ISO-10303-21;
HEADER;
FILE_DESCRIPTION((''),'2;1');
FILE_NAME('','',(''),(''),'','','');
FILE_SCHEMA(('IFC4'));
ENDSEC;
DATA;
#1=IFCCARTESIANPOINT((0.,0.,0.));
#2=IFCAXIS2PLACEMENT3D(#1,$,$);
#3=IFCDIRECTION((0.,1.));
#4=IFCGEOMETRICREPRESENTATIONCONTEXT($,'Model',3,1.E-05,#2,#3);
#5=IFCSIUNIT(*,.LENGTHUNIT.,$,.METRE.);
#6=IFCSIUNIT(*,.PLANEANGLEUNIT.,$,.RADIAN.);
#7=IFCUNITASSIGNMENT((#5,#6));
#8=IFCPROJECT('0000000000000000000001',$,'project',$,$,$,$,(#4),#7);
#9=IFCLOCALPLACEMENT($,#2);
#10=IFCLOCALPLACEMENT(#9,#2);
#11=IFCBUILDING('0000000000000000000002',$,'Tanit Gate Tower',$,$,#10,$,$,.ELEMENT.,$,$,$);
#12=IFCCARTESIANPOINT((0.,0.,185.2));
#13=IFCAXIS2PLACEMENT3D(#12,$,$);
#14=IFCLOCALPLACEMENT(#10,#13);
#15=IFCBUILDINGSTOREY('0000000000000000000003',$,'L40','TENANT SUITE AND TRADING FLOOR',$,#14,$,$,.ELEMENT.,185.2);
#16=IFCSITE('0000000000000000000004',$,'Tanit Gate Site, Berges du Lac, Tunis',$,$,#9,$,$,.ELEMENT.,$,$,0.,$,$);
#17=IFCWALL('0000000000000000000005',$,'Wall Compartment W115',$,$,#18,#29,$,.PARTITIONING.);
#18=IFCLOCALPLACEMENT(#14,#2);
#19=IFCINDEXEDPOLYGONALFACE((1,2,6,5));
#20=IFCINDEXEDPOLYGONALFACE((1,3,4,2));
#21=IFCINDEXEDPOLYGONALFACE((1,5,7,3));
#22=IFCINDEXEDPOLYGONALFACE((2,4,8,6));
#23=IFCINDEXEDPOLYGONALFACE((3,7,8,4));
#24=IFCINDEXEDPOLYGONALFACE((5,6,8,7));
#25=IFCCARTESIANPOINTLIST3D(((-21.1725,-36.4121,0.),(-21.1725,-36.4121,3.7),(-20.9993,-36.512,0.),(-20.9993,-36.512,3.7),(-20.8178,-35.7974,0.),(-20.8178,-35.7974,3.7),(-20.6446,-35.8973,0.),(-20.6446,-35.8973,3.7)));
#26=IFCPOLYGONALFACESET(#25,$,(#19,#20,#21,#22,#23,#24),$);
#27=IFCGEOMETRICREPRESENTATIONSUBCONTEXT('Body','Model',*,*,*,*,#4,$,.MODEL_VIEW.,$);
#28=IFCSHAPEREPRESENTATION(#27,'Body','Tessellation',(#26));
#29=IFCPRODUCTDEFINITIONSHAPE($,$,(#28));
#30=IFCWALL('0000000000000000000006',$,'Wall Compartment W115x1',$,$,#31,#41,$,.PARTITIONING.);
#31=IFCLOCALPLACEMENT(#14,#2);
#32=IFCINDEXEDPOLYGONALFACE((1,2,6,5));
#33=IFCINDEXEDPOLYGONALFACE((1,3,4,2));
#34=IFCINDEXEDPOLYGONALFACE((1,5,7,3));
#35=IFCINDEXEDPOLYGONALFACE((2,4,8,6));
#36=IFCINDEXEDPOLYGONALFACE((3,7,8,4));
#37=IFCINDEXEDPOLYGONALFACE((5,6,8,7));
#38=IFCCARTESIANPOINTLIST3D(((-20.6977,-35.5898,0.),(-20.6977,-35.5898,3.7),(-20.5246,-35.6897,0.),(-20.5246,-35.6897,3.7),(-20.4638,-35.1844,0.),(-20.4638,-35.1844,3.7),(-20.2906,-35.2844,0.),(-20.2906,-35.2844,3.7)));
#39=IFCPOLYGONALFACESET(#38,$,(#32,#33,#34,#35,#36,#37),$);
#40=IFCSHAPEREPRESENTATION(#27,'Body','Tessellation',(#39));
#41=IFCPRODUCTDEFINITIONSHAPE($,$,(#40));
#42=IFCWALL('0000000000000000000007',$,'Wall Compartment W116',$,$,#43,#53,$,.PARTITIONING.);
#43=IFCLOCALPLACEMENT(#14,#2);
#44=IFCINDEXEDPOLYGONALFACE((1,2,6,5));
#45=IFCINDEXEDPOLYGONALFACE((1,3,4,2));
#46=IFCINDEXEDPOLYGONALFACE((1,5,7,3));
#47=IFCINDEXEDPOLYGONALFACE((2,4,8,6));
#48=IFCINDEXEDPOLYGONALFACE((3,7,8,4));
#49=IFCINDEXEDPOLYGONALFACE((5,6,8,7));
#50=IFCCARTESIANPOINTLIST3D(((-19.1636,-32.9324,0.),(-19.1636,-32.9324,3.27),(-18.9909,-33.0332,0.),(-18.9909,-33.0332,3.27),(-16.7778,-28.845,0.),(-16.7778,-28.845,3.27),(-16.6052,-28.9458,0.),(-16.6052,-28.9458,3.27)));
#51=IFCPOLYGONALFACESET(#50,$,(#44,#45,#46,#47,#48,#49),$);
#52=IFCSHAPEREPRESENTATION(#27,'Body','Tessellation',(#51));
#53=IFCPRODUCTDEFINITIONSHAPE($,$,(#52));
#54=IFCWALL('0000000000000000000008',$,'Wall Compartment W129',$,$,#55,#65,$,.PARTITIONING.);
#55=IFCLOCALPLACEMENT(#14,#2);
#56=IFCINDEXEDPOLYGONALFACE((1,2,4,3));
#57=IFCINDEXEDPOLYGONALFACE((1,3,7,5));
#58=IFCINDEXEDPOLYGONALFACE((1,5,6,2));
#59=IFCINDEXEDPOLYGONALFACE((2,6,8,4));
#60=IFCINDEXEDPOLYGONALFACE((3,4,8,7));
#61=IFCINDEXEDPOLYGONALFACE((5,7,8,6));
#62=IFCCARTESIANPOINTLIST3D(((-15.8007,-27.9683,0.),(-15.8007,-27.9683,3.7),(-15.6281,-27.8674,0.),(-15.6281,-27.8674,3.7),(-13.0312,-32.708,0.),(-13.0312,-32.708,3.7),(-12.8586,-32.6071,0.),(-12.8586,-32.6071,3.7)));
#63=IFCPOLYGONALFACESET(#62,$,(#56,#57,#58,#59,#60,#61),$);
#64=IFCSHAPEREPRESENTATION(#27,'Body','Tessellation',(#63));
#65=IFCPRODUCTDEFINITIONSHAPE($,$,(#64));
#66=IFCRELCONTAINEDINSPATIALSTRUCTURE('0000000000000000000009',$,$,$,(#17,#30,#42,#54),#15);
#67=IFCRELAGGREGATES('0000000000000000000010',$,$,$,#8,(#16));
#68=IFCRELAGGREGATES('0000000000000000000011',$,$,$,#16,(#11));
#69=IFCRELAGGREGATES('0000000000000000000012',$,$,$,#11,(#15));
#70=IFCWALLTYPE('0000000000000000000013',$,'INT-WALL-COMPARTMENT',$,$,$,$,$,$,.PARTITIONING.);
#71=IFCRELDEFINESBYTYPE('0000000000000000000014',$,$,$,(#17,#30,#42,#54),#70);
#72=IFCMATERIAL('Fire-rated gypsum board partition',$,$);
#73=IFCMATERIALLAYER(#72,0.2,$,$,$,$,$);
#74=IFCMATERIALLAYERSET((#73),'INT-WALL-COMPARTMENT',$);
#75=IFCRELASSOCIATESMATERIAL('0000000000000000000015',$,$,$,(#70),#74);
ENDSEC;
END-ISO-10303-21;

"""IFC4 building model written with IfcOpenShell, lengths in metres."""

from ifc_helpers import new_model, si_unit, direction, frame, frame_2d, origin, place, context, subcontext, project, spatial, rectangle, extrude, material, layer, layer_set, type_object, element, save


model = new_model("IFC4")

# Units and contexts
model_context = context("Model", 3, precision=1e-05, world=origin(), true_north=direction((0.0, 1.0)))
body_context = subcontext(model_context, "Body", "Model", "MODEL_VIEW")
ifc_project = project(units=[si_unit("LENGTHUNIT", "METRE"), si_unit("PLANEANGLEUNIT", "RADIAN")], contexts=[model_context])

# Site, building, storey
site_placement = place(None, origin())
site = spatial("IfcSite", under=ifc_project, at=site_placement, Name="Tanit Gate Site, Berges du Lac, Tunis", CompositionType="ELEMENT", RefElevation=0.0)
building_placement = place(site_placement, origin())
building = spatial("IfcBuilding", under=site, at=building_placement, Name="Tanit Gate Tower", CompositionType="ELEMENT")
storey_placement = place(building_placement, frame((0.0, 0.0, 185.2)))
storey = spatial("IfcBuildingStorey", under=building, at=storey_placement, Name="L40", Description="TENANT SUITE AND TRADING FLOOR", CompositionType="ELEMENT", Elevation=185.2)

# Walls
ifc_material_1 = material(Name="Fire-rated gypsum board partition")
ifc_layer_1 = layer(ifc_material_1, 0.2)
ifc_layer_set_1 = layer_set([ifc_layer_1], Name="INT-WALL-COMPARTMENT")
wall_type_1 = type_object("IfcWallType", Name="INT-WALL-COMPARTMENT", PredefinedType="PARTITIONING", material=ifc_layer_set_1)
wall_1_placement = place(storey_placement, frame((-21.0859, -36.4622, 0.0), z_axis=(0.0, 0.0, 1.0), x_axis=(0.499802, 0.86614, 0.0)))
element("IfcWall", 1, at=wall_1_placement, inside=storey, type_object=wall_type_1, Name="Wall Compartment W115", PredefinedType="PARTITIONING", context=body_context, shape_type="SweptSolid", body=[
    extrude(rectangle(XDim=0.7097, YDim=0.2, at=frame_2d((0.355, 0.0))), origin(), (0.0, 0.0, 1.0), 3.7),
])
wall_2_placement = place(storey_placement, frame((-20.6111, -35.6396, 0.0), z_axis=(0.0, 0.0, 1.0), x_axis=(0.499843, 0.866116, 0.0)))
element("IfcWall", 2, at=wall_2_placement, inside=storey, type_object=wall_type_1, Name="Wall Compartment W115x1", PredefinedType="PARTITIONING", context=body_context, shape_type="SweptSolid", body=[
    extrude(rectangle(XDim=0.468, YDim=0.2, at=frame_2d((0.2339, 0.0))), origin(), (0.0, 0.0, 1.0), 3.7),
])
wall_3_placement = place(storey_placement, frame((-19.0771, -32.9827, 0.0), z_axis=(0.0, 0.0, 1.0), x_axis=(0.504096, 0.863648, 0.0)))
element("IfcWall", 3, at=wall_3_placement, inside=storey, type_object=wall_type_1, Name="Wall Compartment W116", PredefinedType="PARTITIONING", context=body_context, shape_type="SweptSolid", body=[
    extrude(rectangle(XDim=4.7327, YDim=0.2, at=frame_2d((2.3662, 0.0))), origin(), (0.0, 0.0, 1.0), 3.27),
])
wall_4_placement = place(storey_placement, frame((-15.7144, -27.918, 0.0), z_axis=(0.0, 0.0, 1.0), x_axis=(0.504507, -0.863408, 0.0)))
element("IfcWall", 4, at=wall_4_placement, inside=storey, type_object=wall_type_1, Name="Wall Compartment W129", PredefinedType="PARTITIONING", context=body_context, shape_type="SweptSolid", body=[
    extrude(rectangle(XDim=5.4895, YDim=0.2, at=frame_2d((2.7446, 0.0))), origin(), (0.0, 0.0, 1.0), 3.7),
])

save(model, "model.ifc")
